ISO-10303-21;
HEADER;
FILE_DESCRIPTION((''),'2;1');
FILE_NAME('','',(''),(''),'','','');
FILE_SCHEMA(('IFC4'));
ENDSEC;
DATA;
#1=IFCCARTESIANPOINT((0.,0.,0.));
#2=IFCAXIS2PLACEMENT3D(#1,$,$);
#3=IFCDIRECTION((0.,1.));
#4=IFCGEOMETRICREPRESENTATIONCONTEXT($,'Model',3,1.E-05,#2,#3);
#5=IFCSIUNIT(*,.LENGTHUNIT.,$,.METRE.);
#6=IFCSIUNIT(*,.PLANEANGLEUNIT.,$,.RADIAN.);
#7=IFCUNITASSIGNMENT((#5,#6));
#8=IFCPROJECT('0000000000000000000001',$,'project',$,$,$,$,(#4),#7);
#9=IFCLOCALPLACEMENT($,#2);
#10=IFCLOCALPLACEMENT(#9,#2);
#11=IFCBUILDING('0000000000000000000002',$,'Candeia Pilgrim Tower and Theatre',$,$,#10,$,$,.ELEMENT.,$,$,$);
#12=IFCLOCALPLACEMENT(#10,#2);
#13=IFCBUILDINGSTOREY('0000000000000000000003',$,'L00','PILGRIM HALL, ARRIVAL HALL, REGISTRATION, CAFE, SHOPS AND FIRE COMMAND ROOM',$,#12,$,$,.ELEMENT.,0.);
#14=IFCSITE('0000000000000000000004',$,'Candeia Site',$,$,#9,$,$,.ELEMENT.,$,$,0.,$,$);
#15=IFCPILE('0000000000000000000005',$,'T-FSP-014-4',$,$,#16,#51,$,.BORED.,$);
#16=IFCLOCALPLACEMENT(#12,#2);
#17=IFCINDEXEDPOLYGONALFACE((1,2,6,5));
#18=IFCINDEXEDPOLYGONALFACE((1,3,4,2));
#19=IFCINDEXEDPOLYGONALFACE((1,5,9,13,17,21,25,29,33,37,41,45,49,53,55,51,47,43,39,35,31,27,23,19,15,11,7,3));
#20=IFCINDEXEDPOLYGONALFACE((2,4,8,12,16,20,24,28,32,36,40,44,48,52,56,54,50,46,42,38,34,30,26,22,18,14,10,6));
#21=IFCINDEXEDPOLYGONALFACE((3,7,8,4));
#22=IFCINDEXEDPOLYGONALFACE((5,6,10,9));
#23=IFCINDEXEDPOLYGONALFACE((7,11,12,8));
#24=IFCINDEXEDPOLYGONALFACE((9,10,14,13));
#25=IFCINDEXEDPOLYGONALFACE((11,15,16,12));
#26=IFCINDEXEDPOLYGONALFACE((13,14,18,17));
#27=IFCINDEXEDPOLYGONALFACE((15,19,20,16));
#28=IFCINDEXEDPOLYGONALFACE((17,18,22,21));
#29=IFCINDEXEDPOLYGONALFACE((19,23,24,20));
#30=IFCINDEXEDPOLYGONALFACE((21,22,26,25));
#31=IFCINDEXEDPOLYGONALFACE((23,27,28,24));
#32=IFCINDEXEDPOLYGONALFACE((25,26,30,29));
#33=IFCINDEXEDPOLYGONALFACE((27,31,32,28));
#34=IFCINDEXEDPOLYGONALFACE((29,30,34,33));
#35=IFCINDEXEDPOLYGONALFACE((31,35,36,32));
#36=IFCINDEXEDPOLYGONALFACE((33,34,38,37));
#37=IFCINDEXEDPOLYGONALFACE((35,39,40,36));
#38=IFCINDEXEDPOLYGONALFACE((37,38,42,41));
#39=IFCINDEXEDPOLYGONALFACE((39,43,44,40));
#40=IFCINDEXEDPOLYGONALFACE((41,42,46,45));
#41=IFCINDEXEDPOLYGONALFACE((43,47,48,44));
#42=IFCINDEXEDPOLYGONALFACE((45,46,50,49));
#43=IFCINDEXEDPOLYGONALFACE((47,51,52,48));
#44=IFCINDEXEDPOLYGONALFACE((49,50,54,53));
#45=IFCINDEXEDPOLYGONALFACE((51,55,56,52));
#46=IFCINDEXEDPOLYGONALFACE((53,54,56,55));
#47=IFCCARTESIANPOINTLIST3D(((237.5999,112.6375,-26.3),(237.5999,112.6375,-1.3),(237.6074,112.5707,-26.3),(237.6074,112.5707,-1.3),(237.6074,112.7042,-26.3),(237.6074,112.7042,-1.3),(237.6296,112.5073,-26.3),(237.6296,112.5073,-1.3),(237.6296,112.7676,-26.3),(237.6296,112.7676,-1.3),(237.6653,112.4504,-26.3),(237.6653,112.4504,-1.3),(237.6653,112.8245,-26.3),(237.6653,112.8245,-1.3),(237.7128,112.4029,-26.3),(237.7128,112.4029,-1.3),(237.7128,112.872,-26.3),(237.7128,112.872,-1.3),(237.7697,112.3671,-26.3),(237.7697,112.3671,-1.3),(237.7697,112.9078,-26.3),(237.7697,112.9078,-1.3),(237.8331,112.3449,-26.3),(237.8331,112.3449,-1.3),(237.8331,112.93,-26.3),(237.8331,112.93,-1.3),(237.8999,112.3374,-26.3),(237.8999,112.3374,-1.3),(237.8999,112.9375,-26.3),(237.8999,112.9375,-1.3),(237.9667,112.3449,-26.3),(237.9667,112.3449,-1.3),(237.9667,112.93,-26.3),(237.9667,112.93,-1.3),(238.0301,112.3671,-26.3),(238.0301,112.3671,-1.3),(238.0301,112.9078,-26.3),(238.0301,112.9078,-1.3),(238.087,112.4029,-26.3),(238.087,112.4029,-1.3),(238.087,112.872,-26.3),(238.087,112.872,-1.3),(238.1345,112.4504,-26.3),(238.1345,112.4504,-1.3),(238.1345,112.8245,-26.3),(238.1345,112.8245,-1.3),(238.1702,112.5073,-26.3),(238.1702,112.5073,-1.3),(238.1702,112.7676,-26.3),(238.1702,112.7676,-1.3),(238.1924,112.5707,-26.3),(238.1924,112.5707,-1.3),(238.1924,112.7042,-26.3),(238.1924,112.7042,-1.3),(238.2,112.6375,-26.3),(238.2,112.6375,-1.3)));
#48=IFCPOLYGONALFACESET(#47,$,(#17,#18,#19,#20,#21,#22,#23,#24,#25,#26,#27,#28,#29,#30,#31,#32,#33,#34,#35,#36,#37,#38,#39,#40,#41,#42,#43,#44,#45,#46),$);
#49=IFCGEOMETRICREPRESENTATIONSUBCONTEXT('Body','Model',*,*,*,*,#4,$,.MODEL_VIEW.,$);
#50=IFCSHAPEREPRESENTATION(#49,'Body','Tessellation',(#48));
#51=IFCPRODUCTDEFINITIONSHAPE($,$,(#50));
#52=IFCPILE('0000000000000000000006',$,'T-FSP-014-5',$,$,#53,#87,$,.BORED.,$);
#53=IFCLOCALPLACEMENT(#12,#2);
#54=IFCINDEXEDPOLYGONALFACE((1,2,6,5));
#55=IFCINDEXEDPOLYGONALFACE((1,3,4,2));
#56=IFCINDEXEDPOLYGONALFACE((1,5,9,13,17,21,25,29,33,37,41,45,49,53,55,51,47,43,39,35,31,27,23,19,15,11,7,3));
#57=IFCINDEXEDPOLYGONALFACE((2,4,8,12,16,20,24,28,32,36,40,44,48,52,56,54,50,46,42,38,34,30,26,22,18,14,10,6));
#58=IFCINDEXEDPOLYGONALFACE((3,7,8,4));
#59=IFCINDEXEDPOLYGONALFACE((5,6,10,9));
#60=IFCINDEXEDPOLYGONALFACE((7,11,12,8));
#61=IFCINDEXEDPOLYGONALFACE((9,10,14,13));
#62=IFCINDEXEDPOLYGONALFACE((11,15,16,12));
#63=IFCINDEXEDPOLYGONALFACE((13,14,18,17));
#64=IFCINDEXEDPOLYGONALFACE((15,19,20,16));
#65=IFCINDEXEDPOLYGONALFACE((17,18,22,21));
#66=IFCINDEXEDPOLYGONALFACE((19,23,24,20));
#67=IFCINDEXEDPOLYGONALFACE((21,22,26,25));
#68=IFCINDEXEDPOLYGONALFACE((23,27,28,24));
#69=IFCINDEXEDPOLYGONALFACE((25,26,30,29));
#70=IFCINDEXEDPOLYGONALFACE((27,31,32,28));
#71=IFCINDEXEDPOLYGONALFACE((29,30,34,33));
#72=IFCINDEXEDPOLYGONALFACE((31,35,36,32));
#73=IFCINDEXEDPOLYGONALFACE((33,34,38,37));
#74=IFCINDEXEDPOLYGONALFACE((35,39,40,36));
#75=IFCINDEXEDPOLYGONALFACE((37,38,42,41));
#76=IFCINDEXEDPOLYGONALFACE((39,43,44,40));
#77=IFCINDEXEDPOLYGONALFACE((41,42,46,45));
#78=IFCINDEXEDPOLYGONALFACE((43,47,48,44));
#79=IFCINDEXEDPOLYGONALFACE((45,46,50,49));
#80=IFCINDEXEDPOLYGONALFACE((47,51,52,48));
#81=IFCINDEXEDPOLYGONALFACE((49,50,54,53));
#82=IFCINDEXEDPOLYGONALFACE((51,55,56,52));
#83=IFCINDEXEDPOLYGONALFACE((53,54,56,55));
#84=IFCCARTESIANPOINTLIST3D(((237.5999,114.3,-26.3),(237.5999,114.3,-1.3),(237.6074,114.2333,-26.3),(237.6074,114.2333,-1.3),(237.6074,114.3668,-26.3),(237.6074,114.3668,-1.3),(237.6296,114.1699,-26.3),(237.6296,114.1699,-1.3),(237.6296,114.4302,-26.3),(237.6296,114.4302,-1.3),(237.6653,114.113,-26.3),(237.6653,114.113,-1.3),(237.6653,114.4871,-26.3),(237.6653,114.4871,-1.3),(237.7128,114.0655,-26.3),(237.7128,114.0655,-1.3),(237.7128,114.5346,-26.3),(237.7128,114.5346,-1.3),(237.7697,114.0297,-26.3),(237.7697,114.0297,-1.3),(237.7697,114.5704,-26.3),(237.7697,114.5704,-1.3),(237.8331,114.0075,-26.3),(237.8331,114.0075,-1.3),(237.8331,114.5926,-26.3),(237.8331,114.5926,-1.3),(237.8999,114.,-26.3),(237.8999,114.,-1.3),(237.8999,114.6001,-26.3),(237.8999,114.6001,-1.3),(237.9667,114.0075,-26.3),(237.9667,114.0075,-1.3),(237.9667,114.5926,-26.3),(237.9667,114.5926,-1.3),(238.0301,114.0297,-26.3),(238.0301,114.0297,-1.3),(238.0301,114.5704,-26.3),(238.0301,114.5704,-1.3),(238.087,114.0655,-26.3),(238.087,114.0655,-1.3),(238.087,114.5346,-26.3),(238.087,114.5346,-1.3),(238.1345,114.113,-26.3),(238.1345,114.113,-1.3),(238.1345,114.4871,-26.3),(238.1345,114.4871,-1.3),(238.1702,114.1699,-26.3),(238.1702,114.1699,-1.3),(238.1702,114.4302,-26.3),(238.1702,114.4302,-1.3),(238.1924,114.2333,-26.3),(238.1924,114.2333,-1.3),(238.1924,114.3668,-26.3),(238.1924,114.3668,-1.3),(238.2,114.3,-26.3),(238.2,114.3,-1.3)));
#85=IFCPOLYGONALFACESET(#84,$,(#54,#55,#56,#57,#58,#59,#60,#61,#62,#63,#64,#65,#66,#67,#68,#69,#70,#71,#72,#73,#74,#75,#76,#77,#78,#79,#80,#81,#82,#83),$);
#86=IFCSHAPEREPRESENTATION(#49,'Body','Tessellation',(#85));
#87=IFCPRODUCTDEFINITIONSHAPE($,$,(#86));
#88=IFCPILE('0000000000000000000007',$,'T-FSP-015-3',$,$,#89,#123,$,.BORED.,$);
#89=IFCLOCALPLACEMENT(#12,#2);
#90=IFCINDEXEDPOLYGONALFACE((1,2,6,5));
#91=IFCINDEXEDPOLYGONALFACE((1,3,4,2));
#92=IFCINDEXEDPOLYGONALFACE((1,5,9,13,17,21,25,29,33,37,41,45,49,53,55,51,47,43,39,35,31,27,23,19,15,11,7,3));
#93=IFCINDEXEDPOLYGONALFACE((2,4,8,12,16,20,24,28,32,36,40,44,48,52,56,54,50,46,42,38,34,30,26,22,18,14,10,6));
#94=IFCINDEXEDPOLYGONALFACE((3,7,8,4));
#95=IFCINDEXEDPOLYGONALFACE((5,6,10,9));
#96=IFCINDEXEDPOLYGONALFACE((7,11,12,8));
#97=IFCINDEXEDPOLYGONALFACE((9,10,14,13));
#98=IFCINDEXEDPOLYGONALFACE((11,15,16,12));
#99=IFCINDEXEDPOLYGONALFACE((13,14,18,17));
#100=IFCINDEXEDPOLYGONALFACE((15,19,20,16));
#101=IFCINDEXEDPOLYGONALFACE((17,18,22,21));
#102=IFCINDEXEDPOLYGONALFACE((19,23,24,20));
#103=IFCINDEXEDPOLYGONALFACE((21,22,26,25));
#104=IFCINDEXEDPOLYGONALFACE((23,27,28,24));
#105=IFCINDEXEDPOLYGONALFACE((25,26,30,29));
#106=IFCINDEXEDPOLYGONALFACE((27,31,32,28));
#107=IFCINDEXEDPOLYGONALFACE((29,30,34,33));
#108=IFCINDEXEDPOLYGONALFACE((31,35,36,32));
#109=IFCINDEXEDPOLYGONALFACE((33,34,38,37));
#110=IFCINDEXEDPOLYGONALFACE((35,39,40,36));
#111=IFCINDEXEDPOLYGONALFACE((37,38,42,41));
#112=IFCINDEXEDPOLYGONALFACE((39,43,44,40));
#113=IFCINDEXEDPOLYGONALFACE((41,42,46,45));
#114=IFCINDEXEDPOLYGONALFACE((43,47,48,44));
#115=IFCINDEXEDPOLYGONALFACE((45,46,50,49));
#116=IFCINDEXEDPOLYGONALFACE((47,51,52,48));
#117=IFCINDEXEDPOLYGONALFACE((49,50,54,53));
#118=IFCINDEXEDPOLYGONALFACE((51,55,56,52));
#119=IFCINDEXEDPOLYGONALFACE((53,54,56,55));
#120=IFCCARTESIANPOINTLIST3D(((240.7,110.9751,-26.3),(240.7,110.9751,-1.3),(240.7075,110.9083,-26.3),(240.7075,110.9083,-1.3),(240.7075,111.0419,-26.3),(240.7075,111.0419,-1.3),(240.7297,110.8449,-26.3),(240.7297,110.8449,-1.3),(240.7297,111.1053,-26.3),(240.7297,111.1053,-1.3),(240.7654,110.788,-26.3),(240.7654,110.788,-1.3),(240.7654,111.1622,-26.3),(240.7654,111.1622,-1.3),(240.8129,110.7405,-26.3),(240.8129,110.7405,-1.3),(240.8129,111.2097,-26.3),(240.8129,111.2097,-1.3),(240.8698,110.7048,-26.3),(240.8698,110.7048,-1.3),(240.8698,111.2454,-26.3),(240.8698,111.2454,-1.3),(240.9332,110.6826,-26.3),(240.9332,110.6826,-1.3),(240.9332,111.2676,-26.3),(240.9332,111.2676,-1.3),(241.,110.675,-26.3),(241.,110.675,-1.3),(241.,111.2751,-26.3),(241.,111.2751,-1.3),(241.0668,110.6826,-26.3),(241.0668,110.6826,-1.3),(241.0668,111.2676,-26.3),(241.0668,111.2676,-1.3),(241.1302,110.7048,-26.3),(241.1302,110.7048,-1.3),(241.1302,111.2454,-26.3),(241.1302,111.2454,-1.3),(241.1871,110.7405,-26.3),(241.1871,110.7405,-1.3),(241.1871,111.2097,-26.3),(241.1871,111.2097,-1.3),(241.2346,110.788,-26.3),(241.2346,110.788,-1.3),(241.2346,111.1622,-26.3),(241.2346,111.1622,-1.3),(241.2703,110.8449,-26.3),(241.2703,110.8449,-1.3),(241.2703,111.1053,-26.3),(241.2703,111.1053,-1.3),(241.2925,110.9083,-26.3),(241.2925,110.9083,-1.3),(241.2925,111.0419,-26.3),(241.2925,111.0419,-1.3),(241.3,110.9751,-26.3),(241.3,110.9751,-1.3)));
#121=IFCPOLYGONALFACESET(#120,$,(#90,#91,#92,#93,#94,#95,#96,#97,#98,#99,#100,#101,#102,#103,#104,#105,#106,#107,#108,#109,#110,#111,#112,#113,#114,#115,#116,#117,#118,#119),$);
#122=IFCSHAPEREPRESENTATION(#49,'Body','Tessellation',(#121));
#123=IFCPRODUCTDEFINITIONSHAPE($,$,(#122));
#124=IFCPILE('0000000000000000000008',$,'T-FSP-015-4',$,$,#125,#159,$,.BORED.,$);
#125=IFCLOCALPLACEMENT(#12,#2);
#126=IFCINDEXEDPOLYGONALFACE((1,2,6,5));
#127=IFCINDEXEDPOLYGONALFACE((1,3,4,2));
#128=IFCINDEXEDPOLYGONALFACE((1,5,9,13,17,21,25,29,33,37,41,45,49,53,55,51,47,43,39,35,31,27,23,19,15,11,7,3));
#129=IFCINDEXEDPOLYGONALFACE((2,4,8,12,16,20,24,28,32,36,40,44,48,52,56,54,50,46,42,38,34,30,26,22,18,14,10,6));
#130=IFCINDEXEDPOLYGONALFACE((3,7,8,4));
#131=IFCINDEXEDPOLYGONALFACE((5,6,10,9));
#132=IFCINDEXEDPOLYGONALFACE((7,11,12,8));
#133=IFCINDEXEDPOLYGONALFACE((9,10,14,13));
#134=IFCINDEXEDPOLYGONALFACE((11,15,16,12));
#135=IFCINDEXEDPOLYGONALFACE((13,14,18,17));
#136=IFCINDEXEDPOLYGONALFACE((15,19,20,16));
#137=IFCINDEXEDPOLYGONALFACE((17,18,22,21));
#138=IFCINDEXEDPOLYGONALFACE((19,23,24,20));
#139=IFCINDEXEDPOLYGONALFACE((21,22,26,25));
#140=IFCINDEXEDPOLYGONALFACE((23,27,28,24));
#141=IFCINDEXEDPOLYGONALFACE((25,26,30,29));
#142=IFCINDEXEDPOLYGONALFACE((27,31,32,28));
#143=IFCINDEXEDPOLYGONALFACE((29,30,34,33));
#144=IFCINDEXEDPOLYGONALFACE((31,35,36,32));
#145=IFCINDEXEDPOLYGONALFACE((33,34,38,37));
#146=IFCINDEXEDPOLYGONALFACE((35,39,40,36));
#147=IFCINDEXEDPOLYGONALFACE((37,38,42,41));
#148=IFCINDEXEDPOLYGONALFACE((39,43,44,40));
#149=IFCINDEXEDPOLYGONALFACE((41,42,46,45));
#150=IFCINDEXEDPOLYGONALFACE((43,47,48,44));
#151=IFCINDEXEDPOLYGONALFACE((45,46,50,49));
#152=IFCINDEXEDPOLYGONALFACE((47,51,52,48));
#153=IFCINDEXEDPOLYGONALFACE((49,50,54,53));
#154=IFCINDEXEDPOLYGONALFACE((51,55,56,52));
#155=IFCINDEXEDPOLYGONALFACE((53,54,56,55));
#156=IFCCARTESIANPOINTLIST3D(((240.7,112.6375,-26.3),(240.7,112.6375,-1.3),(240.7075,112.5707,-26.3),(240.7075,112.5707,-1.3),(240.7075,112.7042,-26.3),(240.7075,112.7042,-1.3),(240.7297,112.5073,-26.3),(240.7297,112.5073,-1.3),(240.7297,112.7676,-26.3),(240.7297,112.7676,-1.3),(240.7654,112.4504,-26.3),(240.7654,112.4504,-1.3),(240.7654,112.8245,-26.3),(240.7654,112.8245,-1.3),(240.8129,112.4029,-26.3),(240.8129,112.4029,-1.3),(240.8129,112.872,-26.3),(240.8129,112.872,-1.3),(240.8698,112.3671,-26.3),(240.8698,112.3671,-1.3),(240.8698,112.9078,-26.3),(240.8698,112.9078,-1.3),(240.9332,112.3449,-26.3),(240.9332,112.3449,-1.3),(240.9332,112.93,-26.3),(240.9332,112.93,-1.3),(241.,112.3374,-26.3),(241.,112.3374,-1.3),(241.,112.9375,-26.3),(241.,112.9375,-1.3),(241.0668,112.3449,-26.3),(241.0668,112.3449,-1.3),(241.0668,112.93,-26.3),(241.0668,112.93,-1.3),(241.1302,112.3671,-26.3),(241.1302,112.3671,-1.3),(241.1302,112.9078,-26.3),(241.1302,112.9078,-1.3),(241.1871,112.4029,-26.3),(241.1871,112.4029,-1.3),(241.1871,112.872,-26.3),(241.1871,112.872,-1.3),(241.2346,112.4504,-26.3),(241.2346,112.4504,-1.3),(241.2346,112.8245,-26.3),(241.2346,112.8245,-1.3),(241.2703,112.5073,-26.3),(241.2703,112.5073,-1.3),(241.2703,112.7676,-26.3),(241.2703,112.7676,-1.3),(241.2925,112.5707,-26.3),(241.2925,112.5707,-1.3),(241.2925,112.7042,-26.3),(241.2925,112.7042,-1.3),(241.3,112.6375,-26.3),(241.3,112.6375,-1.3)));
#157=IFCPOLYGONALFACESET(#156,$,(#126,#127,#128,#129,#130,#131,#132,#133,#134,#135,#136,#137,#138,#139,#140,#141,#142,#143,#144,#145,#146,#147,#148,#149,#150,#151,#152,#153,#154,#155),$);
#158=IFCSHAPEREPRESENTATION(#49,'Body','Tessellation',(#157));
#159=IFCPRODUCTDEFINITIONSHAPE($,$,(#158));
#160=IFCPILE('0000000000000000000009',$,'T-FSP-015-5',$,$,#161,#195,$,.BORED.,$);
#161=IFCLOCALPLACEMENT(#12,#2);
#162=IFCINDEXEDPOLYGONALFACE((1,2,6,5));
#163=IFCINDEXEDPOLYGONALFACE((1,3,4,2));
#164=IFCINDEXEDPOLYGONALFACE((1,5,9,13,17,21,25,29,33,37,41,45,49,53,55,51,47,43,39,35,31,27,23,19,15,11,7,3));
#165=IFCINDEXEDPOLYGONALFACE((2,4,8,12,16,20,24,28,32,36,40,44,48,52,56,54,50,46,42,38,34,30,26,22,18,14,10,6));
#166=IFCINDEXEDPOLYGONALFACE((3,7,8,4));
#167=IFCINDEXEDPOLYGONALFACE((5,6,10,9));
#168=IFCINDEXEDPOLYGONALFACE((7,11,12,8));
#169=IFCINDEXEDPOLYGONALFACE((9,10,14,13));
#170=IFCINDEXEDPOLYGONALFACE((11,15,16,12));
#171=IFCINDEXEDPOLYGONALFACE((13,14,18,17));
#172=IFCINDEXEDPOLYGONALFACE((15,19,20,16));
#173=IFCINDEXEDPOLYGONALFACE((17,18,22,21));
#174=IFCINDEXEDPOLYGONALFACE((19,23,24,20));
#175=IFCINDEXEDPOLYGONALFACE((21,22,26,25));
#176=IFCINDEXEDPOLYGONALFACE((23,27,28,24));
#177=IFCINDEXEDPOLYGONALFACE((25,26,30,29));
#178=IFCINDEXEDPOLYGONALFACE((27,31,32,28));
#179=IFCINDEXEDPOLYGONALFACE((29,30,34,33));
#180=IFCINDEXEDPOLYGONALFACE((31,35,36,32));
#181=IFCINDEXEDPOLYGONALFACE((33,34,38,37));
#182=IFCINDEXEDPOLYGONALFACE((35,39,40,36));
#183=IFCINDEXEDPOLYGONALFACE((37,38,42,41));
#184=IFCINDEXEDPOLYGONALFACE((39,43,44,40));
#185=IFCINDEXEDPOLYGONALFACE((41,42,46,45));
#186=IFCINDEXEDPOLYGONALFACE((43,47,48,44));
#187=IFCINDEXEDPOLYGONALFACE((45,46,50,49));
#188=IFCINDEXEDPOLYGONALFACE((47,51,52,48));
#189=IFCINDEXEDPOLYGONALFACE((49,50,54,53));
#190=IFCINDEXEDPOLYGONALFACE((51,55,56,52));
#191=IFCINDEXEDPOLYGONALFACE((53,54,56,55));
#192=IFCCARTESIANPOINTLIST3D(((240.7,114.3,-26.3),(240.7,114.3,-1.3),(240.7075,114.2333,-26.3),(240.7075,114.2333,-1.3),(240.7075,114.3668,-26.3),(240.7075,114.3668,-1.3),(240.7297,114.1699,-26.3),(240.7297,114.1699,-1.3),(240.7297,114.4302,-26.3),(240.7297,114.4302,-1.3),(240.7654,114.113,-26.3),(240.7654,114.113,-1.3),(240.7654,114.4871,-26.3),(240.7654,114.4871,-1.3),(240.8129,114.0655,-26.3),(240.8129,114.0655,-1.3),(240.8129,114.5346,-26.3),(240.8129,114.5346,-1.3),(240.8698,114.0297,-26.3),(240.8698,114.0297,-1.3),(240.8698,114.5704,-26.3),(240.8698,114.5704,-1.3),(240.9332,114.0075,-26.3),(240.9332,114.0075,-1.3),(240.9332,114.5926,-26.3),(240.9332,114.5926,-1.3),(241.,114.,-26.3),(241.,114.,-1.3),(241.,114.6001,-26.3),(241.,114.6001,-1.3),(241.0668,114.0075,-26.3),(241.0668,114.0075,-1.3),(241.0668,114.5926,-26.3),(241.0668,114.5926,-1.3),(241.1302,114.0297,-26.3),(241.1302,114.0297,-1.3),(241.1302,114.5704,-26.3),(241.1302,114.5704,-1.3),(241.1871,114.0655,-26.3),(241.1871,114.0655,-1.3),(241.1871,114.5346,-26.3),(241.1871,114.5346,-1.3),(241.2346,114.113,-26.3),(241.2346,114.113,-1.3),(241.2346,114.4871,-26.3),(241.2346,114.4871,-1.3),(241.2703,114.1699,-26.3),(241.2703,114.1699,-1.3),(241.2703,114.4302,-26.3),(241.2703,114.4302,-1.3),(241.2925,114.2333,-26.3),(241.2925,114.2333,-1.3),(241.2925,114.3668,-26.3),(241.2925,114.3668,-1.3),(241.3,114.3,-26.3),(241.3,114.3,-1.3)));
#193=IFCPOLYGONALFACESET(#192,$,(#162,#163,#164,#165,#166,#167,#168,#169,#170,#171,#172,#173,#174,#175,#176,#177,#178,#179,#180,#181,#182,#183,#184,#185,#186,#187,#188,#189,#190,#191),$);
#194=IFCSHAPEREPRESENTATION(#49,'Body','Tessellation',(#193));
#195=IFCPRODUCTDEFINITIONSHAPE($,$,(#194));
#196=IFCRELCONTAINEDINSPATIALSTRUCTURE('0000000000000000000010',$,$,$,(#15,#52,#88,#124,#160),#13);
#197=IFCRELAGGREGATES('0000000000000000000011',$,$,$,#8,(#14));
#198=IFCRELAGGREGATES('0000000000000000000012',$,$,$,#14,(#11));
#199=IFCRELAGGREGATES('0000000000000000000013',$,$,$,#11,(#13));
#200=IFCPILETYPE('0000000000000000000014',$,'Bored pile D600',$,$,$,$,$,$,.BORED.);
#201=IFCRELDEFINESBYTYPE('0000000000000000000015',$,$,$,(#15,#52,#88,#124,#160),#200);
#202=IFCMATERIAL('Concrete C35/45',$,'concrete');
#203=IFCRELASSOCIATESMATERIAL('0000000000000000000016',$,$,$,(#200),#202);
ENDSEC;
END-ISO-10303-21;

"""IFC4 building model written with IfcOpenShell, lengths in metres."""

from ifc_helpers import new_model, si_unit, direction, frame, origin, origin_2d, place, context, subcontext, project, spatial, circle, extrude, material, type_object, element, save


model = new_model("IFC4")

# Units and contexts
model_context = context("Model", 3, precision=1e-05, world=origin(), true_north=direction((0.0, 1.0)))
body_context = subcontext(model_context, "Body", "Model", "MODEL_VIEW")
ifc_project = project(units=[si_unit("LENGTHUNIT", "METRE"), si_unit("PLANEANGLEUNIT", "RADIAN")], contexts=[model_context])

# Site, building, storey
site_placement = place(None, origin())
site = spatial("IfcSite", under=ifc_project, at=site_placement, Name="Candeia Site", CompositionType="ELEMENT", RefElevation=0.0)
building_placement = place(site_placement, origin())
building = spatial("IfcBuilding", under=site, at=building_placement, Name="Candeia Pilgrim Tower and Theatre", CompositionType="ELEMENT")
storey_placement = place(building_placement, origin())
storey = spatial("IfcBuildingStorey", under=building, at=storey_placement, Name="L00", Description="PILGRIM HALL, ARRIVAL HALL, REGISTRATION, CAFE, SHOPS AND FIRE COMMAND ROOM", CompositionType="ELEMENT", Elevation=0.0)

# Piles
ifc_material_1 = material(Name="Concrete C35/45", Category="concrete")
pile_type = type_object("IfcPileType", Name="Bored pile D600", PredefinedType="BORED", material=ifc_material_1)
for number, where, z_axis, x_axis, name in (
    (1, (237.8999, 112.6375, -1.3), (0.0, 0.0, -1.0), (1.0, 0.0, 0.0), "T-FSP-014-4"),
    (2, (237.8999, 114.3, -1.3), (0.0, 0.0, -1.0), (1.0, 0.0, 0.0), "T-FSP-014-5"),
    (3, (241.0, 110.9751, -1.3), (0.0, 0.0, -1.0), (1.0, 0.0, 0.0), "T-FSP-015-3"),
    (4, (241.0, 112.6375, -1.3), (0.0, 0.0, -1.0), (1.0, 0.0, 0.0), "T-FSP-015-4"),
    (5, (241.0, 114.3, -1.3), (0.0, 0.0, -1.0), (1.0, 0.0, 0.0), "T-FSP-015-5"),
):
    element("IfcPile", number, at=place(storey_placement, frame(where, z_axis=z_axis, x_axis=x_axis)), inside=storey, type_object=pile_type, Name=name, PredefinedType="BORED", context=body_context, shape_type="SweptSolid", body=[
        extrude(circle(Radius=0.3, at=origin_2d()), origin(), (0.0, 0.0, 1.0), 25.0),
    ])

save(model, "model.ifc")
